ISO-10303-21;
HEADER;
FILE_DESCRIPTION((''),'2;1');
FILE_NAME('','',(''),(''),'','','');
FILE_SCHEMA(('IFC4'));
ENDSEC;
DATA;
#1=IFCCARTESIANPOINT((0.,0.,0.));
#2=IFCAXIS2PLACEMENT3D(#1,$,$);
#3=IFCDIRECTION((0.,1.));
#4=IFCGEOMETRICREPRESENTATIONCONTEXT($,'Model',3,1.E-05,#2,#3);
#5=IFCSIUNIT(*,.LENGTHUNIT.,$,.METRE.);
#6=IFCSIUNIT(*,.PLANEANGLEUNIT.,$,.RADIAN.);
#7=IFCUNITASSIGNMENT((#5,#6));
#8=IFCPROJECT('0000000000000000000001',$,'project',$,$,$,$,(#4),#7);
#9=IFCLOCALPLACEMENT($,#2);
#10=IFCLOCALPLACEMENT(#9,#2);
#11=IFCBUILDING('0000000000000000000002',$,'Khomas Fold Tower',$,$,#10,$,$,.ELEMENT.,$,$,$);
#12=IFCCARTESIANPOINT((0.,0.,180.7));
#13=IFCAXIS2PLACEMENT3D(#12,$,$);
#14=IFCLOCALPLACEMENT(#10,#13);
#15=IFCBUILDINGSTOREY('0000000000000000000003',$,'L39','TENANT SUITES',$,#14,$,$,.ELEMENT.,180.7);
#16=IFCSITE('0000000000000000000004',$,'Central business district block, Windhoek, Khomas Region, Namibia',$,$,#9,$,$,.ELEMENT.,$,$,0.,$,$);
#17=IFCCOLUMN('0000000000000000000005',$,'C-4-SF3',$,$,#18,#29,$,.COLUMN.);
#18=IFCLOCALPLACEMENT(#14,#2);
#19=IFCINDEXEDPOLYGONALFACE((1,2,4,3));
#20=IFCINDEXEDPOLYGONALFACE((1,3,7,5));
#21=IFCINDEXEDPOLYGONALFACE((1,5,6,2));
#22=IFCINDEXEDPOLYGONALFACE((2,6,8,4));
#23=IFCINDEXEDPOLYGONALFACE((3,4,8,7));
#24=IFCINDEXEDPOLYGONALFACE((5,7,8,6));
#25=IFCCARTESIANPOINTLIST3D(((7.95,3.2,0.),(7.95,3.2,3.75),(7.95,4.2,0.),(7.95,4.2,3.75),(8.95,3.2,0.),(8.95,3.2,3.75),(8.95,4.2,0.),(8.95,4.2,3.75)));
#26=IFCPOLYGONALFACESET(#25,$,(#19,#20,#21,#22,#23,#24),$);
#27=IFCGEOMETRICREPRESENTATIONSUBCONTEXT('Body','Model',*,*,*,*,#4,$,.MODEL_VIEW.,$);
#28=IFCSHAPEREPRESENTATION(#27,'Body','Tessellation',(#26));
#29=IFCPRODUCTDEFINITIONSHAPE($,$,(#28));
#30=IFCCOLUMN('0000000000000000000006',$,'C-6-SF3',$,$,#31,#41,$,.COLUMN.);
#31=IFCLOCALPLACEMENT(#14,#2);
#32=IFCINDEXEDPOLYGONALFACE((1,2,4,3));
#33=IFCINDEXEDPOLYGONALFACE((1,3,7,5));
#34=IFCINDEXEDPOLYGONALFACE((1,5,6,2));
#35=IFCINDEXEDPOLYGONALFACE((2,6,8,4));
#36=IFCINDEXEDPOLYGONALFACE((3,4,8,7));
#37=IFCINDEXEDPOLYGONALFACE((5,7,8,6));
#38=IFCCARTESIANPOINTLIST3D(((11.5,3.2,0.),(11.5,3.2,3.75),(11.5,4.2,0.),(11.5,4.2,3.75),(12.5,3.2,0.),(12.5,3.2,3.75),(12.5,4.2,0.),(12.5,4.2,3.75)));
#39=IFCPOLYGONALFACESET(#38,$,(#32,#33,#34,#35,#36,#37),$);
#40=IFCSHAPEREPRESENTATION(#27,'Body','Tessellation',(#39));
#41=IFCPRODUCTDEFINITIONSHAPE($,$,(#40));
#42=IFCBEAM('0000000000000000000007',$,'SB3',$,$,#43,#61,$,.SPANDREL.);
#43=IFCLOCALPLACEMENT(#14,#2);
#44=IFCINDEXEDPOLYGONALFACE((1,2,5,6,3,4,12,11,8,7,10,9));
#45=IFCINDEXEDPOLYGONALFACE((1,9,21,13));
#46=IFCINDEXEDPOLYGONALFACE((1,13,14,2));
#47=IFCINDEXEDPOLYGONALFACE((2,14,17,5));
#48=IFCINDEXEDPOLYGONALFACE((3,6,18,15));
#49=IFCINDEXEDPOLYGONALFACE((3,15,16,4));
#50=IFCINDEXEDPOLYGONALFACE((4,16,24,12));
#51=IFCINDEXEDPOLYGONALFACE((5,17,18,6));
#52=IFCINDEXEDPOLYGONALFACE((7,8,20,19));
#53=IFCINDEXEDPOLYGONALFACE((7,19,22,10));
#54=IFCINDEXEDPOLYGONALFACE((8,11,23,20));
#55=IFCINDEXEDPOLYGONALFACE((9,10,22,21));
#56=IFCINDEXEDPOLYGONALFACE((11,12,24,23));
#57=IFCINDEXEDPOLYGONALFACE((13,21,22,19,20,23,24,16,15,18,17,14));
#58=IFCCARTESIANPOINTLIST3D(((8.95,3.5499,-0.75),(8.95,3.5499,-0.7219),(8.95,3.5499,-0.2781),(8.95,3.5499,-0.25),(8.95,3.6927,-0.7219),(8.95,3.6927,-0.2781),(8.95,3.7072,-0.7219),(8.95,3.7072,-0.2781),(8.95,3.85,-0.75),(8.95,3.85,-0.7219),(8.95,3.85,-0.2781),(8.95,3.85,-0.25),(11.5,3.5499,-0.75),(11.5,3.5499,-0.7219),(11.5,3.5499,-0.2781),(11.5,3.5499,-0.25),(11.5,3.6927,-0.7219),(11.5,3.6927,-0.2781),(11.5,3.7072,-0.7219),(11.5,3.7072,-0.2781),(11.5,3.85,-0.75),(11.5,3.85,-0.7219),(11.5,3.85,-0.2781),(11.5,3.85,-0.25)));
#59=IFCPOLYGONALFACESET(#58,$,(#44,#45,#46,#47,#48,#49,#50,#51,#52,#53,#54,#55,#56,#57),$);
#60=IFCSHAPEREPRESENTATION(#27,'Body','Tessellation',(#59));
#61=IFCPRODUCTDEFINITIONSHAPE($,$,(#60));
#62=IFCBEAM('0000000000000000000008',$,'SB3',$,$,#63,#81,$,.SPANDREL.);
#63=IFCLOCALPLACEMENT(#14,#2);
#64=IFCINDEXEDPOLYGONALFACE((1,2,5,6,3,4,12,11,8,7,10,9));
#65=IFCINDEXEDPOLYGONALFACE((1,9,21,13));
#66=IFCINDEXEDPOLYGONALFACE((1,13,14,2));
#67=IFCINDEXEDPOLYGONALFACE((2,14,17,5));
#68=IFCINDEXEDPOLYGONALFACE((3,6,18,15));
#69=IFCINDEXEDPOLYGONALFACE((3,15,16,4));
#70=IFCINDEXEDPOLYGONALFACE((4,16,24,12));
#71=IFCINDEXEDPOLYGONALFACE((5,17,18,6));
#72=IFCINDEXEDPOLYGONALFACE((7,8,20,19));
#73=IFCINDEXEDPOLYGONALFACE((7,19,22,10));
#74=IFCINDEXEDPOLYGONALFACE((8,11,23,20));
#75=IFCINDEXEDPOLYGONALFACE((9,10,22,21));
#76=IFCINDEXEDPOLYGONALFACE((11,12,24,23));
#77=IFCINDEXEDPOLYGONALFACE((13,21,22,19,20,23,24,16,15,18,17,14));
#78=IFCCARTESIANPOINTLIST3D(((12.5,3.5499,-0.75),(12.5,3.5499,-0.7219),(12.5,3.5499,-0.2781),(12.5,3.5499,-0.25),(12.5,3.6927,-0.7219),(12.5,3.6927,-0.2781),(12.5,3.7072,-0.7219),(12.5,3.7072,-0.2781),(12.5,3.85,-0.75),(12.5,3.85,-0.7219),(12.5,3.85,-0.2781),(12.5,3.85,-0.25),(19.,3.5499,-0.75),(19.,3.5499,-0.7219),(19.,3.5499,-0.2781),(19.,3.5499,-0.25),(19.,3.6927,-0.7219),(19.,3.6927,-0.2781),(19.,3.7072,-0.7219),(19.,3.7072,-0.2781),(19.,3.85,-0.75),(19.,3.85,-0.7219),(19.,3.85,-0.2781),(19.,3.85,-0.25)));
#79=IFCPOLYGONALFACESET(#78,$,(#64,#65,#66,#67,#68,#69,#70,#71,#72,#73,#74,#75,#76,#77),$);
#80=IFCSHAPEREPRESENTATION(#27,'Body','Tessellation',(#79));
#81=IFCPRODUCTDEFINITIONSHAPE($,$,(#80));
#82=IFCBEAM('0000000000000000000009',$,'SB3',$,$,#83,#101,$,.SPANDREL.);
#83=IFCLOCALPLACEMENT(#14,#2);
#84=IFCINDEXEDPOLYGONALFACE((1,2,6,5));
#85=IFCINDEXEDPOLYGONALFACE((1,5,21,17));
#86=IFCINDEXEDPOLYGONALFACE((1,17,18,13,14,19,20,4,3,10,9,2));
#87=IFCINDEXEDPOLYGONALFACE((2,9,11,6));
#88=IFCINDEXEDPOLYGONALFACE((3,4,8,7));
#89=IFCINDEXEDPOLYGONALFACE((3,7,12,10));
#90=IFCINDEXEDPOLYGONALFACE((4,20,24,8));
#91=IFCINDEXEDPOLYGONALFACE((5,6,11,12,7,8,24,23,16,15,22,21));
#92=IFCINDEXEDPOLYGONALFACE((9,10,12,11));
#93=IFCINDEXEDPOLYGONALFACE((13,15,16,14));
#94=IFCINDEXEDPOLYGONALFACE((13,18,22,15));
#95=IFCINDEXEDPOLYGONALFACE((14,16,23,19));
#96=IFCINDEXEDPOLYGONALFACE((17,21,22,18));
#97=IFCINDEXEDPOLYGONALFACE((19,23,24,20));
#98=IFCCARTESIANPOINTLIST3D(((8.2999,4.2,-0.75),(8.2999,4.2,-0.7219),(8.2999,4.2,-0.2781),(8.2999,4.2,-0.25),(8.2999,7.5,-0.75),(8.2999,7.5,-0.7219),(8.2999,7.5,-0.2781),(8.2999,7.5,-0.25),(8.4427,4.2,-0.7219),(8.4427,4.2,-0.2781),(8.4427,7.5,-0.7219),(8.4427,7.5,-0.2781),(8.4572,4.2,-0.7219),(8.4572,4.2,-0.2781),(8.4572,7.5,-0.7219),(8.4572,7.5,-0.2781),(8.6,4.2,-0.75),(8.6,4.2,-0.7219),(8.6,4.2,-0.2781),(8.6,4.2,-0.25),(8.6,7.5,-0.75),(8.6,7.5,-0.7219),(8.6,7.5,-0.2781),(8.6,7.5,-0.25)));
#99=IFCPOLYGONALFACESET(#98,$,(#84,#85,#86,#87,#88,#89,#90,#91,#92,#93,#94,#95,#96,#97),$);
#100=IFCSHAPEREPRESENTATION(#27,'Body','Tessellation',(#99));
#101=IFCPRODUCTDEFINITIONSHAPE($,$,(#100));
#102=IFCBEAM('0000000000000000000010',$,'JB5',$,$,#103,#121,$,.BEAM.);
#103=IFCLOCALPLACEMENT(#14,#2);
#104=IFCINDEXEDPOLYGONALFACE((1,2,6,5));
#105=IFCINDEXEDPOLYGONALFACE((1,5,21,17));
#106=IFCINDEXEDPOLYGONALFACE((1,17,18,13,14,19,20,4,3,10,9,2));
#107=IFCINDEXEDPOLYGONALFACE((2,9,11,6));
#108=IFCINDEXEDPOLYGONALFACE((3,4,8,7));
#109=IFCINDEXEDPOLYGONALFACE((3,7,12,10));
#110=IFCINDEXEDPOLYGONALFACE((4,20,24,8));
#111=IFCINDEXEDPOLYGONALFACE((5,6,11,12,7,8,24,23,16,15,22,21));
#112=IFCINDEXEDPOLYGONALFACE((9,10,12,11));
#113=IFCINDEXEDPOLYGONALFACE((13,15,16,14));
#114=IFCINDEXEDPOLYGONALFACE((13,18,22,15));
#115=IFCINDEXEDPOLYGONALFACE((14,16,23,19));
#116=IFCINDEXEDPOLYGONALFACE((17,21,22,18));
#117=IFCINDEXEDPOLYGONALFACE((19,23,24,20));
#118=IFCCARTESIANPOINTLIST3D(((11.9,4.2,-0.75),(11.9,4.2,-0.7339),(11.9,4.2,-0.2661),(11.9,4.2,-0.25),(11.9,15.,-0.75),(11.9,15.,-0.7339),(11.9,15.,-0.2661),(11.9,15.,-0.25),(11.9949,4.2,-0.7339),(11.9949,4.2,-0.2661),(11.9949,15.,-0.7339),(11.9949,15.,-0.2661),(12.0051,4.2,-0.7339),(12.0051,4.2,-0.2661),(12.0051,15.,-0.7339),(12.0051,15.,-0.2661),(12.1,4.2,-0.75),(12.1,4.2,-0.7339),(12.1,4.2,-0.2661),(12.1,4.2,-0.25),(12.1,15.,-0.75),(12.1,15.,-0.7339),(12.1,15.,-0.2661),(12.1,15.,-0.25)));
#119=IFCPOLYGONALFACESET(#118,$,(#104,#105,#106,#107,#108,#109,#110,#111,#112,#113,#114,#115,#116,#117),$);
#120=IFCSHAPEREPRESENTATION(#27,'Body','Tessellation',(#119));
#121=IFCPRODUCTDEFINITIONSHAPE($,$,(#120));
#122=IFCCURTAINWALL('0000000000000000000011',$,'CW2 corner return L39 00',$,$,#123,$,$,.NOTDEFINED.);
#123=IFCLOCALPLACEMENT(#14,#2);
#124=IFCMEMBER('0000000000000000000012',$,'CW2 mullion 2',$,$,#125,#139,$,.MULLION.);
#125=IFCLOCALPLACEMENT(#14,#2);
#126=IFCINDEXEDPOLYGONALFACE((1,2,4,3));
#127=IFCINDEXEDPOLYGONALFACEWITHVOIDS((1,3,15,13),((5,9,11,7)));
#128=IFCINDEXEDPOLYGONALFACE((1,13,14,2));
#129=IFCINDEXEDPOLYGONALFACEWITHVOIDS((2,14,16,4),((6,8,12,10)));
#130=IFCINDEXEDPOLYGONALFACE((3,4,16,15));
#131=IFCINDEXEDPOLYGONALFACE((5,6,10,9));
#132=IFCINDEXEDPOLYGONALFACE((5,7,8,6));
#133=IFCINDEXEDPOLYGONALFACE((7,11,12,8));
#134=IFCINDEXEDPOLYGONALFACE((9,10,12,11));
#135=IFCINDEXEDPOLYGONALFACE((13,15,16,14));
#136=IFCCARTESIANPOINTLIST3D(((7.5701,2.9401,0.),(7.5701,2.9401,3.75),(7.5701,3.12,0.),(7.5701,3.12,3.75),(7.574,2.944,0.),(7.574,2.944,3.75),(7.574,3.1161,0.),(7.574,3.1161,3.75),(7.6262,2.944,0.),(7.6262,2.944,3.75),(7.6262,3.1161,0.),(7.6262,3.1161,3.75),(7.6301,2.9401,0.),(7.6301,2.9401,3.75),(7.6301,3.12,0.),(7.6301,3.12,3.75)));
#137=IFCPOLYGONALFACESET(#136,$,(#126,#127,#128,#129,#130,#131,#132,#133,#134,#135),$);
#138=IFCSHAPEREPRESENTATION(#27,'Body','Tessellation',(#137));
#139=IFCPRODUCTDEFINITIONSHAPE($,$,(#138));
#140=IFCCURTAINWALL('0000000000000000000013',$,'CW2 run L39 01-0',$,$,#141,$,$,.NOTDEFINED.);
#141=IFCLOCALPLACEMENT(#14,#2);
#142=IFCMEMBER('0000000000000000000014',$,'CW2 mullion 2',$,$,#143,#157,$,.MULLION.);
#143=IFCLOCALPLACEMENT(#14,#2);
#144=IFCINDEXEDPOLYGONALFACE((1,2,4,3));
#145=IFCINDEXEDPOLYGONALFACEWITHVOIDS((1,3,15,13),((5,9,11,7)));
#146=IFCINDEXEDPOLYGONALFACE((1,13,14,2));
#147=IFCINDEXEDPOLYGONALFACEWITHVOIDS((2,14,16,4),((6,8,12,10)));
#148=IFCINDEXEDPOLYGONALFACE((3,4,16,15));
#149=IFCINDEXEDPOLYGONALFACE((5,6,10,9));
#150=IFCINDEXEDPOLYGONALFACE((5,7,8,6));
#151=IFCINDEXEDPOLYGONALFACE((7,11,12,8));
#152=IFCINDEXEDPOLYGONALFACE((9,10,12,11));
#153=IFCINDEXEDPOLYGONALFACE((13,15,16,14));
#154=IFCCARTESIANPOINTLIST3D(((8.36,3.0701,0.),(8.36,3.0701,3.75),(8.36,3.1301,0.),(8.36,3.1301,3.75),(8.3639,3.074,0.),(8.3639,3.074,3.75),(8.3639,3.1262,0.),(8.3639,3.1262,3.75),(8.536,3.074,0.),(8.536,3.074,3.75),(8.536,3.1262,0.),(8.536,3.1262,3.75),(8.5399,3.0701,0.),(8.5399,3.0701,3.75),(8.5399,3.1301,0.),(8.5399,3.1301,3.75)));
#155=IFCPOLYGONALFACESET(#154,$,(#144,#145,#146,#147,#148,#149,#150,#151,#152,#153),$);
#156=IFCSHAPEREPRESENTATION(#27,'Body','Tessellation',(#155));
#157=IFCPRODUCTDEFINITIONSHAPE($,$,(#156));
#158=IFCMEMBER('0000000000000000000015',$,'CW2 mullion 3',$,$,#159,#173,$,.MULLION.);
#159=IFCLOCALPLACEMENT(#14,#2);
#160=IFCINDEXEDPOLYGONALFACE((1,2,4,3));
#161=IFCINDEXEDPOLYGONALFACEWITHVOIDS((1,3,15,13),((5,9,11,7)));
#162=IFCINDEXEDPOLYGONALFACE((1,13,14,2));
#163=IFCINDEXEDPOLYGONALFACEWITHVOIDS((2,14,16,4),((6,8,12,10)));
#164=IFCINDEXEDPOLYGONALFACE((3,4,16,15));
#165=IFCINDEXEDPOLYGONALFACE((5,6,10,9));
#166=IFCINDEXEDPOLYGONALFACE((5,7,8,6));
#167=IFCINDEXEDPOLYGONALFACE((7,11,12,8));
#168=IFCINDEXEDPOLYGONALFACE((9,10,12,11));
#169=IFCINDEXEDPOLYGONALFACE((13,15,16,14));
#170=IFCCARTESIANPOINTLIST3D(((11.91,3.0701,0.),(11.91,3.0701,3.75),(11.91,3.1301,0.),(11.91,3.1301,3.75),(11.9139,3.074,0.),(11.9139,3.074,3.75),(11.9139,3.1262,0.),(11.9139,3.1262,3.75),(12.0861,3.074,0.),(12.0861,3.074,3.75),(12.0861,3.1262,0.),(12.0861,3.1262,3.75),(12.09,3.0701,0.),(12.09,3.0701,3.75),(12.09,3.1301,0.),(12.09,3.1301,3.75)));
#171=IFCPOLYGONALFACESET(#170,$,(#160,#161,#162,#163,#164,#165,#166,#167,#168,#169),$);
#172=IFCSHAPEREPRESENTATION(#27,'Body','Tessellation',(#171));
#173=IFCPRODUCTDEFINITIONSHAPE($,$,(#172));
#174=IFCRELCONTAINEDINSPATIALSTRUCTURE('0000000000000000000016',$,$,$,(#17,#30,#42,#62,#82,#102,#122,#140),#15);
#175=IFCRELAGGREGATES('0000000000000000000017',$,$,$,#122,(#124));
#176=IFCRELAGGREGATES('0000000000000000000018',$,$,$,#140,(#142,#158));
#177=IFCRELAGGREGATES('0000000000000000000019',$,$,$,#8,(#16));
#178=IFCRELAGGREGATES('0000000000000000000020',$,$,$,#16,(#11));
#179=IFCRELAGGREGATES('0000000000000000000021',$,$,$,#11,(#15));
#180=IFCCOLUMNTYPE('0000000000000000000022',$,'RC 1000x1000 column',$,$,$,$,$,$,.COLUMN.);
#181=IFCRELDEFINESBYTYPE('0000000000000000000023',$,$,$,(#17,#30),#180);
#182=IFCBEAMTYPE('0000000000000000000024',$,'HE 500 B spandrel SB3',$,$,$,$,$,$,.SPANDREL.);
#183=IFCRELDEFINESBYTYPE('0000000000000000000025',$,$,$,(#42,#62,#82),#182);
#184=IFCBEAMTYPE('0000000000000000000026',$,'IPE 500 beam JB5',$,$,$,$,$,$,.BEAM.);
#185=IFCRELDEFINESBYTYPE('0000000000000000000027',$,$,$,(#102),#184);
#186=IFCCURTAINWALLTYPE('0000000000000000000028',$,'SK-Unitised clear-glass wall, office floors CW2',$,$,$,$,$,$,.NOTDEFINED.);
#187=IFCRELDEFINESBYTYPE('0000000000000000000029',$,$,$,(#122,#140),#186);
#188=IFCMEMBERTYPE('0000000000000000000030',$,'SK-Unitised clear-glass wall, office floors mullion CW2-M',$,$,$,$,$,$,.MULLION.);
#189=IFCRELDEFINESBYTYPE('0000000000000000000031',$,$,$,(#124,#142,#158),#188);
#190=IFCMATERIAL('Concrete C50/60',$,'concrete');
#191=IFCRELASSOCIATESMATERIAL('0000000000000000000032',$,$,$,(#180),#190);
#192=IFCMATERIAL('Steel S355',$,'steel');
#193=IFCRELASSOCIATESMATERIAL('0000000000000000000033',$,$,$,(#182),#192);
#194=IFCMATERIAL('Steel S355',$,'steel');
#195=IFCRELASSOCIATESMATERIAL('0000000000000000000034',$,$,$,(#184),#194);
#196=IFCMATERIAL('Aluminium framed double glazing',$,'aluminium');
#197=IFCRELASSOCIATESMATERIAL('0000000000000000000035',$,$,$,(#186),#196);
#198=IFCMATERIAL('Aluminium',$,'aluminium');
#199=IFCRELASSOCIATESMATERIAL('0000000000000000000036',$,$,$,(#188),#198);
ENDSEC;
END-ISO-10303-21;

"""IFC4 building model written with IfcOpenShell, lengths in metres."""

from ifc_helpers import new_model, si_unit, direction, frame, origin, origin_2d, place, context, subcontext, project, spatial, rectangle, hollow_rectangle, i_section, extrude, source, transform, mapped, material, material_profile, profile_set, type_object, element, aggregate, save


model = new_model("IFC4")

# Units and contexts
model_context = context("Model", 3, precision=1e-05, world=origin(), true_north=direction((0.0, 1.0)))
body_context = subcontext(model_context, "Body", "Model", "MODEL_VIEW")
ifc_project = project(units=[si_unit("LENGTHUNIT", "METRE"), si_unit("PLANEANGLEUNIT", "RADIAN")], contexts=[model_context])

# Site, building, storey
site_placement = place(None, origin())
site = spatial("IfcSite", under=ifc_project, at=site_placement, Name="Central business district block, Windhoek, Khomas Region, Namibia", CompositionType="ELEMENT", RefElevation=0.0)
building_placement = place(site_placement, origin())
building = spatial("IfcBuilding", under=site, at=building_placement, Name="Khomas Fold Tower", CompositionType="ELEMENT")
storey_placement = place(building_placement, frame((0.0, 0.0, 180.7)))
storey = spatial("IfcBuildingStorey", under=building, at=storey_placement, Name="L39", Description="TENANT SUITES", CompositionType="ELEMENT", Elevation=180.7)

# Columns
ifc_material_1 = material(Name="Concrete C50/60", Category="concrete")
ifc_material_profile_1 = material_profile(ifc_material_1, rectangle(XDim=1.0, YDim=1.0, at=origin_2d()), Name="RC 1000x1000")
ifc_profile_set_1 = profile_set([ifc_material_profile_1], Name="Concrete C50/60")
column_type = type_object("IfcColumnType", Name="RC 1000x1000 column", PredefinedType="COLUMN", material=ifc_profile_set_1)
shared_shape_1 = source(origin(), body_context, "Body", "SweptSolid", [
    extrude(rectangle(XDim=1.0, YDim=1.0, at=origin_2d()), origin(), (0.0, 0.0, 1.0), 3.75),
])
for number, where, z_axis, x_axis, name in (
    (1, (8.45, 3.7, 0.0), (0.0, 0.0, 1.0), (1.0, 0.0, 0.0), "C-4-SF3"),
    (2, (12.0, 3.7, 0.0), (0.0, 0.0, 1.0), (1.0, 0.0, 0.0), "C-6-SF3"),
):
    element("IfcColumn", number, at=place(storey_placement, frame(where, z_axis=z_axis, x_axis=x_axis)), inside=storey, type_object=column_type, Name=name, PredefinedType="COLUMN", context=body_context, shape_type="MappedRepresentation", body=[
        mapped(shared_shape_1, transform((0.0, 0.0, 0.0))),
    ])

# Beams
ifc_material_2 = material(Name="Steel S355", Category="steel")
ifc_material_profile_2 = material_profile(ifc_material_2, i_section(OverallWidth=0.3, OverallDepth=0.5, WebThickness=0.0144, FlangeThickness=0.0281, at=origin_2d()), Name="HE 500 B")
ifc_profile_set_2 = profile_set([ifc_material_profile_2], Name="Steel S355")
beam_type_1 = type_object("IfcBeamType", Name="HE 500 B spandrel SB3", PredefinedType="SPANDREL", material=ifc_profile_set_2)
shared_shape_2 = source(origin(), body_context, "Body", "SweptSolid", [
    extrude(i_section(OverallWidth=0.3, OverallDepth=0.5, WebThickness=0.0144, FlangeThickness=0.0281, at=origin_2d()), origin(), (0.0, 0.0, 1.0), 2.55),
])
beam_1_placement = place(storey_placement, frame((8.95, 3.7, -0.5), z_axis=(1.0, 0.0, 0.0), x_axis=(0.0, 1.0, 0.0)))
element("IfcBeam", 3, at=beam_1_placement, inside=storey, type_object=beam_type_1, Name="SB3", PredefinedType="SPANDREL", context=body_context, shape_type="MappedRepresentation", body=[
    mapped(shared_shape_2, transform((0.0, 0.0, 0.0))),
])
shared_shape_3 = source(origin(), body_context, "Body", "SweptSolid", [
    extrude(i_section(OverallWidth=0.3, OverallDepth=0.5, WebThickness=0.0144, FlangeThickness=0.0281, at=origin_2d()), origin(), (0.0, 0.0, 1.0), 6.5),
])
beam_2_placement = place(storey_placement, frame((12.5, 3.7, -0.5), z_axis=(1.0, 0.0, 0.0), x_axis=(0.0, 1.0, 0.0)))
element("IfcBeam", 4, at=beam_2_placement, inside=storey, type_object=beam_type_1, Name="SB3", PredefinedType="SPANDREL", context=body_context, shape_type="MappedRepresentation", body=[
    mapped(shared_shape_3, transform((0.0, 0.0, 0.0))),
])
shared_shape_4 = source(origin(), body_context, "Body", "SweptSolid", [
    extrude(i_section(OverallWidth=0.3, OverallDepth=0.5, WebThickness=0.0144, FlangeThickness=0.0281, at=origin_2d()), origin(), (0.0, 0.0, 1.0), 3.3),
])
beam_3_placement = place(storey_placement, frame((8.45, 4.2, -0.5), z_axis=(0.0, 1.0, 0.0), x_axis=(-1.0, 0.0, 0.0)))
element("IfcBeam", 5, at=beam_3_placement, inside=storey, type_object=beam_type_1, Name="SB3", PredefinedType="SPANDREL", context=body_context, shape_type="MappedRepresentation", body=[
    mapped(shared_shape_4, transform((0.0, 0.0, 0.0))),
])
ifc_material_3 = material(Name="Steel S355", Category="steel")
ifc_material_profile_3 = material_profile(ifc_material_3, i_section(OverallWidth=0.2, OverallDepth=0.5, WebThickness=0.0103, FlangeThickness=0.0161, at=origin_2d()), Name="IPE 500")
ifc_profile_set_3 = profile_set([ifc_material_profile_3], Name="Steel S355")
beam_type_2 = type_object("IfcBeamType", Name="IPE 500 beam JB5", PredefinedType="BEAM", material=ifc_profile_set_3)
shared_shape_5 = source(origin(), body_context, "Body", "SweptSolid", [
    extrude(i_section(OverallWidth=0.2, OverallDepth=0.5, WebThickness=0.0103, FlangeThickness=0.0161, at=origin_2d()), origin(), (0.0, 0.0, 1.0), 10.8),
])
beam_4_placement = place(storey_placement, frame((12.0, 4.2, -0.5), z_axis=(0.0, 1.0, 0.0), x_axis=(-1.0, 0.0, 0.0)))
element("IfcBeam", 6, at=beam_4_placement, inside=storey, type_object=beam_type_2, Name="JB5", PredefinedType="BEAM", context=body_context, shape_type="MappedRepresentation", body=[
    mapped(shared_shape_5, transform((0.0, 0.0, 0.0))),
])

# Curtain wall, member
ifc_material_4 = material(Name="Aluminium framed double glazing", Category="aluminium")
curtain_wall_type = type_object("IfcCurtainWallType", Name="SK-Unitised clear-glass wall, office floors CW2", PredefinedType="NOTDEFINED", material=ifc_material_4)
curtain_wall_1_placement = place(storey_placement, origin())
curtain_wall_1 = element("IfcCurtainWall", 7, at=curtain_wall_1_placement, inside=storey, type_object=curtain_wall_type, Name="CW2 corner return L39 00", PredefinedType="NOTDEFINED")
ifc_material_5 = material(Name="Aluminium", Category="aluminium")
ifc_material_profile_4 = material_profile(ifc_material_5, hollow_rectangle(XDim=0.0601, YDim=0.1799, WallThickness=0.0039, at=origin_2d()), Name="SK-Unitised clear-glass wall, office floors mullion CW2-M")
ifc_profile_set_4 = profile_set([ifc_material_profile_4], Name="Aluminium")
member_type_1 = type_object("IfcMemberType", Name="SK-Unitised clear-glass wall, office floors mullion CW2-M", PredefinedType="MULLION", material=ifc_profile_set_4)
shared_shape_6 = source(origin(), body_context, "Body", "SweptSolid", [
    extrude(hollow_rectangle(XDim=0.0601, YDim=0.1799, WallThickness=0.0039, at=origin_2d()), origin(), (0.0, 0.0, 1.0), 3.75),
])
member_1_placement = place(storey_placement, frame((7.6001, 3.03, 0.0), z_axis=(0.0, 0.0, 1.0), x_axis=(1.0, 0.0, 0.0)))
member_1 = element("IfcMember", 8, at=member_1_placement, type_object=member_type_1, Name="CW2 mullion 2", PredefinedType="MULLION", context=body_context, shape_type="MappedRepresentation", body=[
    mapped(shared_shape_6, transform((0.0, 0.0, 0.0))),
])

# Curtain wall, members
curtain_wall_2_placement = place(storey_placement, origin())
curtain_wall_2 = element("IfcCurtainWall", 9, at=curtain_wall_2_placement, inside=storey, type_object=curtain_wall_type, Name="CW2 run L39 01-0", PredefinedType="NOTDEFINED")
member_2_placement = place(storey_placement, frame((8.45, 3.1001, 0.0), z_axis=(0.0, 0.0, 1.0), x_axis=(0.0, 1.0, 0.0)))
member_2 = element("IfcMember", 10, at=member_2_placement, type_object=member_type_1, Name="CW2 mullion 2", PredefinedType="MULLION", context=body_context, shape_type="MappedRepresentation", body=[
    mapped(shared_shape_6, transform((0.0, 0.0, 0.0))),
])
member_3_placement = place(storey_placement, frame((12.0, 3.1001, 0.0), z_axis=(0.0, 0.0, 1.0), x_axis=(0.0, 1.0, 0.0)))
member_3 = element("IfcMember", 11, at=member_3_placement, type_object=member_type_1, Name="CW2 mullion 3", PredefinedType="MULLION", context=body_context, shape_type="MappedRepresentation", body=[
    mapped(shared_shape_6, transform((0.0, 0.0, 0.0))),
])

aggregate(curtain_wall_1, [member_1])
aggregate(curtain_wall_2, [member_2, member_3])

save(model, "model.ifc")
